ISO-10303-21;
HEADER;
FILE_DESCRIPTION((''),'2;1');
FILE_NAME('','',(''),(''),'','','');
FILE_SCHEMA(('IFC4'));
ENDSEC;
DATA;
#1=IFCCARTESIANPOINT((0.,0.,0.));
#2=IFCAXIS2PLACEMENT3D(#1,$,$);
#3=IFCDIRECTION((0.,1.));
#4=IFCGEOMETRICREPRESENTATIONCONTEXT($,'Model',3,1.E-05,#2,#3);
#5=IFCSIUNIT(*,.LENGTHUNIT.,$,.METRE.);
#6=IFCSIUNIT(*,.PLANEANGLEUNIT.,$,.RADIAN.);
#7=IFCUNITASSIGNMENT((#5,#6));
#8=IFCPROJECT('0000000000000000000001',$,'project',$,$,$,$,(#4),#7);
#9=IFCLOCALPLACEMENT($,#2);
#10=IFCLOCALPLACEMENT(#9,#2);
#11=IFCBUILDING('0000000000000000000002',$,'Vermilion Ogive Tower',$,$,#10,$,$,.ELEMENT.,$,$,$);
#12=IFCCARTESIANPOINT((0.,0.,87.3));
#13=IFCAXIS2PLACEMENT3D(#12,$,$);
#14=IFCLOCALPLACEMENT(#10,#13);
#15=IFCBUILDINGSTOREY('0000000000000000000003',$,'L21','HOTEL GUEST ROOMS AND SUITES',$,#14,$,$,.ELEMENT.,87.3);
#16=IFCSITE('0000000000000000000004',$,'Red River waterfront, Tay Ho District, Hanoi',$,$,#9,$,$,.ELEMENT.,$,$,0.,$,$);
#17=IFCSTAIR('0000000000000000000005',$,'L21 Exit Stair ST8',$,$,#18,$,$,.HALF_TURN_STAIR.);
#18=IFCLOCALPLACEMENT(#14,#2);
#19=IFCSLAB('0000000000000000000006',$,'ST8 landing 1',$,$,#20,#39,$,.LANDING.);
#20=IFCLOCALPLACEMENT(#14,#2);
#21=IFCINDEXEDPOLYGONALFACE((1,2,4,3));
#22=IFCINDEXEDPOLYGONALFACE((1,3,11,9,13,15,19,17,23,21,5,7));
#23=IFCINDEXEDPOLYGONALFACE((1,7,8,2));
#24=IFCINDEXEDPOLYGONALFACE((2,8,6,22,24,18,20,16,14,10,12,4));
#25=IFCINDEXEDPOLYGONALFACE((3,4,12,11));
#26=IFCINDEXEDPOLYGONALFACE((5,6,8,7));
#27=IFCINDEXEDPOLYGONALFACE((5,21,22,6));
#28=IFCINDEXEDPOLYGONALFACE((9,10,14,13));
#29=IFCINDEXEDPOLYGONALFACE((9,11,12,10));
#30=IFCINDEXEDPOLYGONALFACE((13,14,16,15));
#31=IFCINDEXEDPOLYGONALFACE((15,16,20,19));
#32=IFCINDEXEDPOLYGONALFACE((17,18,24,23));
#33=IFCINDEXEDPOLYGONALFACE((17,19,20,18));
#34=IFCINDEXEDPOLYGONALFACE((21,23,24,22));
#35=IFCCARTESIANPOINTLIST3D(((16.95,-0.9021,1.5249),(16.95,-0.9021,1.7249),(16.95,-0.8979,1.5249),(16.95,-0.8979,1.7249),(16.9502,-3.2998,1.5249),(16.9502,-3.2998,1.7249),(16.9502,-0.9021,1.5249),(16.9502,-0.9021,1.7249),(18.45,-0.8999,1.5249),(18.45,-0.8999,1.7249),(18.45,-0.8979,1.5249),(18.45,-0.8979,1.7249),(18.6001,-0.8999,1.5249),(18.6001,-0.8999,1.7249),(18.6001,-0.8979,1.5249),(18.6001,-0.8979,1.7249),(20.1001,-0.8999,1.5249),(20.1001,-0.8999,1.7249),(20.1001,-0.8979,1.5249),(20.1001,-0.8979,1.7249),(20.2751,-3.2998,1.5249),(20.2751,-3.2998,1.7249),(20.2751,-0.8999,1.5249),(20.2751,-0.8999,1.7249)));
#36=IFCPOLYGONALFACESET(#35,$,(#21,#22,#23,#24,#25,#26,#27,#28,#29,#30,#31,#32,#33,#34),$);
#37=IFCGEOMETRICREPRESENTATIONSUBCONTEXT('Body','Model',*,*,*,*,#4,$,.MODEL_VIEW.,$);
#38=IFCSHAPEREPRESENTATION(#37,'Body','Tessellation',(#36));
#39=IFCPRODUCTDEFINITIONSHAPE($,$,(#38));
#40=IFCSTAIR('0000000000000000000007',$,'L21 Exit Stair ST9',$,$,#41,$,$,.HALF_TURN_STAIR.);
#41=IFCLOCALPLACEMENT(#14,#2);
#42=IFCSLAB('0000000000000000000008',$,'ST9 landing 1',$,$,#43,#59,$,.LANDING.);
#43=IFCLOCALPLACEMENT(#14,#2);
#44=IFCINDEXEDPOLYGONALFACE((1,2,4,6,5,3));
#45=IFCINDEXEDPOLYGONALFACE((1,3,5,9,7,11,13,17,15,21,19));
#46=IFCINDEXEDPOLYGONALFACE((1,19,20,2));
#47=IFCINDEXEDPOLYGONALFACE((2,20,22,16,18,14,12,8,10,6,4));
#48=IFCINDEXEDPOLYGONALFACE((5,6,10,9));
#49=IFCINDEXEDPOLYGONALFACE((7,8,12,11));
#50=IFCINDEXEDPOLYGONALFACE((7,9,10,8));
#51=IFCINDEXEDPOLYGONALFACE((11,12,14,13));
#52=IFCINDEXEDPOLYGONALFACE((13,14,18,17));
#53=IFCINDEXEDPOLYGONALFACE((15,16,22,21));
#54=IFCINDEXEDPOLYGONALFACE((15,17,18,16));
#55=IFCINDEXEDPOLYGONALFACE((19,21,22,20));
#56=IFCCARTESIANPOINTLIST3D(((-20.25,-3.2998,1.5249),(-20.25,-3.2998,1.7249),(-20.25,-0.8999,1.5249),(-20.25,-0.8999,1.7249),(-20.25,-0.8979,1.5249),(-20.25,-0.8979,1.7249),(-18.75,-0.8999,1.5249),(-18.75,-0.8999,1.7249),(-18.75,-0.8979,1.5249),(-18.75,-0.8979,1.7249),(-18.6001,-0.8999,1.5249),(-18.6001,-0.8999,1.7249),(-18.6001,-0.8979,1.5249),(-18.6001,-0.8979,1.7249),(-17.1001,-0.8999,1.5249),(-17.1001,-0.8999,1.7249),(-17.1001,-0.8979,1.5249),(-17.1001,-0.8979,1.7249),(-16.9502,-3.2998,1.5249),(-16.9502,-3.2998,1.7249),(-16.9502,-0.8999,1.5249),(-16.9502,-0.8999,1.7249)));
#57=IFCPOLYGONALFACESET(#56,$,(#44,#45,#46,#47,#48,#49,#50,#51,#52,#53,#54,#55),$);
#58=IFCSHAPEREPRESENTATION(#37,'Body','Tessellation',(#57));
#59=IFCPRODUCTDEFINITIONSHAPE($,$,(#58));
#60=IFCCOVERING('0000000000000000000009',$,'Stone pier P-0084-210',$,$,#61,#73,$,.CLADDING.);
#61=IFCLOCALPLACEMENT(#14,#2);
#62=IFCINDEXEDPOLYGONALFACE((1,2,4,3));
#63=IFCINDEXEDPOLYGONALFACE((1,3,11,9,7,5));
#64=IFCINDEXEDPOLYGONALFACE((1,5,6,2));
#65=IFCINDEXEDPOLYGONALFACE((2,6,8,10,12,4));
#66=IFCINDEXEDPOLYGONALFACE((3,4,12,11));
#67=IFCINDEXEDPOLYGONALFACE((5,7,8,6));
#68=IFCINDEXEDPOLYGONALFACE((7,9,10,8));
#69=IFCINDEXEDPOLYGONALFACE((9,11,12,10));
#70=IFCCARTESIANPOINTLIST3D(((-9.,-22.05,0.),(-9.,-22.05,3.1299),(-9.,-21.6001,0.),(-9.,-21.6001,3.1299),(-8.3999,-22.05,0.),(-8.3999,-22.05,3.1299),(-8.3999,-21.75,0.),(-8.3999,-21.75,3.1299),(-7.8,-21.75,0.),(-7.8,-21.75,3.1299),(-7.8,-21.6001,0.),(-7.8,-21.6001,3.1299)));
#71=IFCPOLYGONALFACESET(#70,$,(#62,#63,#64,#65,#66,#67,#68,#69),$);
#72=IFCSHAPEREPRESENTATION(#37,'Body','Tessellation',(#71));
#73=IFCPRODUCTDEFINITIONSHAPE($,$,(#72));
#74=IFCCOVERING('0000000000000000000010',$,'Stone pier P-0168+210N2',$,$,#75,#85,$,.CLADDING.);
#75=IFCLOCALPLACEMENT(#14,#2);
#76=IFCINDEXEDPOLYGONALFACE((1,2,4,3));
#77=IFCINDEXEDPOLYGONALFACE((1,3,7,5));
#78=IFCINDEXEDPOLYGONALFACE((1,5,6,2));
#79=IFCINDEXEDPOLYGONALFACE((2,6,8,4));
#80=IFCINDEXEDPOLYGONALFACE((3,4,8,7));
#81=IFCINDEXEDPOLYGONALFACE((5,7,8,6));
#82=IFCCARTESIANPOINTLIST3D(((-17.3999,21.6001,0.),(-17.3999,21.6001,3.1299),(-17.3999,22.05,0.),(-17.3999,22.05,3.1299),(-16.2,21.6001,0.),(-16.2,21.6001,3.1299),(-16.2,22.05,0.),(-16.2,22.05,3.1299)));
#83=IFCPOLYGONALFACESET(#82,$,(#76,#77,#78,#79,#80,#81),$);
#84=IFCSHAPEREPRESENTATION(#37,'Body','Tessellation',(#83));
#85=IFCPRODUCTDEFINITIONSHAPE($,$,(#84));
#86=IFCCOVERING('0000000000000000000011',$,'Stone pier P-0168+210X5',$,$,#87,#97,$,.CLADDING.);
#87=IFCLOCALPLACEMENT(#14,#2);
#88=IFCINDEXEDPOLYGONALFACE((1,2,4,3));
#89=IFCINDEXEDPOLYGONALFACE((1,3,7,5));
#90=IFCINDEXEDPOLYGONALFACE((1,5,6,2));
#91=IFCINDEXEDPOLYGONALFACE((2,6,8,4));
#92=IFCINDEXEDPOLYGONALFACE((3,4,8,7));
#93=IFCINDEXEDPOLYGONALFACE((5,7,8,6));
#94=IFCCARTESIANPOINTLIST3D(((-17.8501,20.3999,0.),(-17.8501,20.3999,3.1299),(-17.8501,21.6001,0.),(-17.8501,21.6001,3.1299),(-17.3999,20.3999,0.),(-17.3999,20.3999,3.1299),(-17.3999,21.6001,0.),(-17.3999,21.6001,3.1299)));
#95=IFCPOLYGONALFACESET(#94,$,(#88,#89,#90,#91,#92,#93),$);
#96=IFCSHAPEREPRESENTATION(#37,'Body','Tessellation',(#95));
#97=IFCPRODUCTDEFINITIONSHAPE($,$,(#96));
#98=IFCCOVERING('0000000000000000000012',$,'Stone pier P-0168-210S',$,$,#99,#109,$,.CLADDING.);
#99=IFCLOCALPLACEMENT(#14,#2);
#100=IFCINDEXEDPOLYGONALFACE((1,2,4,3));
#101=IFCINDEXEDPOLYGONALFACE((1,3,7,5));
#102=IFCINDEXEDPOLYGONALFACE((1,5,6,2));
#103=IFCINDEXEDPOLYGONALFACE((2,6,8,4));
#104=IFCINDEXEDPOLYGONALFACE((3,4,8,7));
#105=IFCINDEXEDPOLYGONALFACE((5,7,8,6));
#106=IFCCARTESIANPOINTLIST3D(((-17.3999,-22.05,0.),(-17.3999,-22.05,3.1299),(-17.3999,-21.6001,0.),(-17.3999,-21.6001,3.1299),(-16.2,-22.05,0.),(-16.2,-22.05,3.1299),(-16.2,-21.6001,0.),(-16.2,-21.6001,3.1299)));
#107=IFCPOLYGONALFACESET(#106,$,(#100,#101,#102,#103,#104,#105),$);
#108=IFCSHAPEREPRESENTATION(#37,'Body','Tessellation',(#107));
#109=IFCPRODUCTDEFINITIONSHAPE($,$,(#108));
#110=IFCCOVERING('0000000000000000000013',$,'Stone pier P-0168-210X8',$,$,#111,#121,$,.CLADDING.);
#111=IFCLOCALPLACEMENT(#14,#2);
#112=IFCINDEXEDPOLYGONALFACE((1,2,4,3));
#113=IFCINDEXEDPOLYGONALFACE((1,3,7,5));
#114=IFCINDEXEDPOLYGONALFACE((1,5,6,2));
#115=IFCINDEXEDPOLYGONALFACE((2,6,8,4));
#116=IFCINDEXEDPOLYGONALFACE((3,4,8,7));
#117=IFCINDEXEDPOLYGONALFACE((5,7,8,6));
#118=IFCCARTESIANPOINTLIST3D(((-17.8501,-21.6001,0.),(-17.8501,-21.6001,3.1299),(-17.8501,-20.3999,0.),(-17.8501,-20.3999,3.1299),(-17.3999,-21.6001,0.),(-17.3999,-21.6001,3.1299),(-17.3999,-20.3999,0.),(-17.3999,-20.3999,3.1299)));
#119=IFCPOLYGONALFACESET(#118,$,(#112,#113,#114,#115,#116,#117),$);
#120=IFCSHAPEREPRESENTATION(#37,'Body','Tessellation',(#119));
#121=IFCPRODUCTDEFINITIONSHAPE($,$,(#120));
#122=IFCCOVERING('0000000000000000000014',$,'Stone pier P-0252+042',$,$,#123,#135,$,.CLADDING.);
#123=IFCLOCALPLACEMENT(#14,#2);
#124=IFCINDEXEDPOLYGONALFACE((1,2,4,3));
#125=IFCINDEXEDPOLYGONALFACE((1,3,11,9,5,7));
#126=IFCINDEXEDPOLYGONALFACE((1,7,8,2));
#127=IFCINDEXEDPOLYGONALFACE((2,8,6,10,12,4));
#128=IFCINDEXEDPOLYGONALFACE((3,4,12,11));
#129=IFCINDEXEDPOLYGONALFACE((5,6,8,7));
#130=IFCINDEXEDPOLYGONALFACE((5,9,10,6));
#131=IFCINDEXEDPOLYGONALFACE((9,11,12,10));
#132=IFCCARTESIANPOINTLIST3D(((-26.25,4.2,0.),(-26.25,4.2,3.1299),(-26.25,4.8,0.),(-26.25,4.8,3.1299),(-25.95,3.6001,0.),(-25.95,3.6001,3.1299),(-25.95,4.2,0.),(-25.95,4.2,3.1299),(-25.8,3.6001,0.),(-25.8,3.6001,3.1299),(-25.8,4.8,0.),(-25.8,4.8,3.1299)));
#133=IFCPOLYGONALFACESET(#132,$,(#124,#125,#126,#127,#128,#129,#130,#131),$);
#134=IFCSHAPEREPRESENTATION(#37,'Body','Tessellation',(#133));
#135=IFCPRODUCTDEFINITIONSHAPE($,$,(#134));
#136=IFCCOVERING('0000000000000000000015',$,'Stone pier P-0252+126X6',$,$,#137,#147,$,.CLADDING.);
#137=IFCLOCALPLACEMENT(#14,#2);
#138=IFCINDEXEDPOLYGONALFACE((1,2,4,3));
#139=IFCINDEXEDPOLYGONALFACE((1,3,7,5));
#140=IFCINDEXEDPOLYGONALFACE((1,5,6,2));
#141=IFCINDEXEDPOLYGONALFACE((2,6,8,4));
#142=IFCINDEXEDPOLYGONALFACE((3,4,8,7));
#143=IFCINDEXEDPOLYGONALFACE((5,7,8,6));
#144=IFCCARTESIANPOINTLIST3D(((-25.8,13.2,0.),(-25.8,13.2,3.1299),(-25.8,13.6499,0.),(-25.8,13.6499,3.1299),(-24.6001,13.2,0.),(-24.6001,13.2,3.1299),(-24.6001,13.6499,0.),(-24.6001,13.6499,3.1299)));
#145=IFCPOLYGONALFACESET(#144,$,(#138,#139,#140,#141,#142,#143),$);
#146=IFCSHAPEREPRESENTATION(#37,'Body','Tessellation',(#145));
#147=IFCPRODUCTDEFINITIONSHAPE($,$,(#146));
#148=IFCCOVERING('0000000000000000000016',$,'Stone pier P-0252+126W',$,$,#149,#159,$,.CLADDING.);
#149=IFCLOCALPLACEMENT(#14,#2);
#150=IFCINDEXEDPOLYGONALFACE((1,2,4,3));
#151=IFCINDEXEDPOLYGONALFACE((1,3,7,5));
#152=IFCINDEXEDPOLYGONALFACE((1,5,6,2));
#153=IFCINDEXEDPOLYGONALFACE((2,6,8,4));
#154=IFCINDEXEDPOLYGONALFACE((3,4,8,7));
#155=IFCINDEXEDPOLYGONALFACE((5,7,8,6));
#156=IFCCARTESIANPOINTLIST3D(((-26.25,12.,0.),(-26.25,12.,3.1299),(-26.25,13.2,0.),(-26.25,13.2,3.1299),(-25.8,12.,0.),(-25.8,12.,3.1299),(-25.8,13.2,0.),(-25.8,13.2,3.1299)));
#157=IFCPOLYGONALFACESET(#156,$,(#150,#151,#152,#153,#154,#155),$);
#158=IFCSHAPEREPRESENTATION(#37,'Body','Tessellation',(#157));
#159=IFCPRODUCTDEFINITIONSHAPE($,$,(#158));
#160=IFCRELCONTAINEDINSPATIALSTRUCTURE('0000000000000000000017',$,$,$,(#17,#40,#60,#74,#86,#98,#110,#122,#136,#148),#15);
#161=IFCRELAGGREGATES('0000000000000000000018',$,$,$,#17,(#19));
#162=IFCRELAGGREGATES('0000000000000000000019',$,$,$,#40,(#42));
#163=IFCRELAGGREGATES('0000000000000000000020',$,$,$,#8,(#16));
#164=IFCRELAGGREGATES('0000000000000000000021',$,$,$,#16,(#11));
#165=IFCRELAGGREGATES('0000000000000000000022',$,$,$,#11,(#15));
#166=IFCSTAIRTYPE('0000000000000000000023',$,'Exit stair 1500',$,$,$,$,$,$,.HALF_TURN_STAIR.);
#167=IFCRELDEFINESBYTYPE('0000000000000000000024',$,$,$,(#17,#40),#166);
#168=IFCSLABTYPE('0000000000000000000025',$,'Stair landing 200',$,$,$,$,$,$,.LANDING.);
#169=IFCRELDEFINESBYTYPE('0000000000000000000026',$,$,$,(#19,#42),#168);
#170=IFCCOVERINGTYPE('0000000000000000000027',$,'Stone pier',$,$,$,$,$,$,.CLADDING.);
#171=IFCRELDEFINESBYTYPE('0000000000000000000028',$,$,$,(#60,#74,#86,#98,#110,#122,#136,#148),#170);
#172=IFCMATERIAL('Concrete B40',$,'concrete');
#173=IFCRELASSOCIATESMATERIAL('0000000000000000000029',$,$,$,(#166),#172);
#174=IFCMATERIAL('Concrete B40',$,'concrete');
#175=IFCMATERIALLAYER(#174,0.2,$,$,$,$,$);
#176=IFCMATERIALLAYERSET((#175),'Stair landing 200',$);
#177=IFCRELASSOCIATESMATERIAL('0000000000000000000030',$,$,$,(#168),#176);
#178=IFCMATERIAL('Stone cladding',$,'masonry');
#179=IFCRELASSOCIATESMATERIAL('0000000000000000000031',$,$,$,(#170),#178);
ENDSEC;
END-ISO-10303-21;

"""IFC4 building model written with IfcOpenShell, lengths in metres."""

from ifc_helpers import new_model, si_unit, direction, frame, origin, place, context, subcontext, project, spatial, polyline, outline, extrude, material, layer, layer_set, type_object, element, aggregate, save


model = new_model("IFC4")

# Units and contexts
model_context = context("Model", 3, precision=1e-05, world=origin(), true_north=direction((0.0, 1.0)))
body_context = subcontext(model_context, "Body", "Model", "MODEL_VIEW")
ifc_project = project(units=[si_unit("LENGTHUNIT", "METRE"), si_unit("PLANEANGLEUNIT", "RADIAN")], contexts=[model_context])

# Site, building, storey
site_placement = place(None, origin())
site = spatial("IfcSite", under=ifc_project, at=site_placement, Name="Red River waterfront, Tay Ho District, Hanoi", CompositionType="ELEMENT", RefElevation=0.0)
building_placement = place(site_placement, origin())
building = spatial("IfcBuilding", under=site, at=building_placement, Name="Vermilion Ogive Tower", CompositionType="ELEMENT")
storey_placement = place(building_placement, frame((0.0, 0.0, 87.3)))
storey = spatial("IfcBuildingStorey", under=building, at=storey_placement, Name="L21", Description="HOTEL GUEST ROOMS AND SUITES", CompositionType="ELEMENT", Elevation=87.3)

# Stairs, slabs
ifc_material_1 = material(Name="Concrete B40", Category="concrete")
stair_type = type_object("IfcStairType", Name="Exit stair 1500", PredefinedType="HALF_TURN_STAIR", material=ifc_material_1)
ifc_material_2 = material(Name="Concrete B40", Category="concrete")
ifc_layer_1 = layer(ifc_material_2, 0.2)
ifc_layer_set_1 = layer_set([ifc_layer_1], Name="Stair landing 200")
slab_type_1 = type_object("IfcSlabType", Name="Stair landing 200", PredefinedType="LANDING", material=ifc_layer_set_1)
stair_1_placement = place(storey_placement, origin())
stair_1 = element("IfcStair", 1, at=stair_1_placement, inside=storey, type_object=stair_type, Name="L21 Exit Stair ST8", PredefinedType="HALF_TURN_STAIR")
slab_1_placement = place(storey_placement, frame((0.0, 0.0, 1.5249)))
slab_1 = element("IfcSlab", 2, at=slab_1_placement, type_object=slab_type_1, Name="ST8 landing 1", PredefinedType="LANDING", context=body_context, shape_type="SweptSolid", body=[
    extrude(outline(polyline([(20.2751, -0.8999), (20.1001, -0.8999), (20.1001, -0.8979), (18.6001, -0.8979), (18.6001, -0.8999), (18.45, -0.8999), (18.45, -0.8979), (16.95, -0.8979), (16.95, -0.9021), (16.9502, -0.9021), (16.9502, -3.2998), (20.2751, -3.2998), (20.2751, -0.8999)])), origin(), (0.0, 0.0, 1.0), 0.2),
])
aggregate(stair_1, [slab_1])
stair_2_placement = place(storey_placement, origin())
stair_2 = element("IfcStair", 3, at=stair_2_placement, inside=storey, type_object=stair_type, Name="L21 Exit Stair ST9", PredefinedType="HALF_TURN_STAIR")
slab_2_placement = place(storey_placement, frame((0.0, 0.0, 1.5249)))
slab_2 = element("IfcSlab", 4, at=slab_2_placement, type_object=slab_type_1, Name="ST9 landing 1", PredefinedType="LANDING", context=body_context, shape_type="SweptSolid", body=[
    extrude(outline(polyline([(-16.9502, -0.8999), (-17.1001, -0.8999), (-17.1001, -0.8979), (-18.6001, -0.8979), (-18.6001, -0.8999), (-18.75, -0.8999), (-18.75, -0.8979), (-20.25, -0.8979), (-20.25, -0.8999), (-20.25, -0.8999), (-20.25, -3.2998), (-16.9502, -3.2998), (-16.9502, -0.8999)])), origin(), (0.0, 0.0, 1.0), 0.2),
])
aggregate(stair_2, [slab_2])

# Coverings
ifc_material_3 = material(Name="Stone cladding", Category="masonry")
covering_type = type_object("IfcCoveringType", Name="Stone pier", PredefinedType="CLADDING", material=ifc_material_3)
covering_1_placement = place(storey_placement, origin())
element("IfcCovering", 5, at=covering_1_placement, inside=storey, type_object=covering_type, Name="Stone pier P-0084-210", PredefinedType="CLADDING", context=body_context, shape_type="SweptSolid", body=[
    extrude(outline(polyline([(-7.8, -21.75), (-8.3999, -21.75), (-8.3999, -22.05), (-9.0, -22.05), (-9.0, -21.6001), (-7.8, -21.6001), (-7.8, -21.75)])), origin(), (0.0, 0.0, 1.0), 3.1299),
])
covering_2_placement = place(storey_placement, origin())
element("IfcCovering", 6, at=covering_2_placement, inside=storey, type_object=covering_type, Name="Stone pier P-0168+210N2", PredefinedType="CLADDING", context=body_context, shape_type="SweptSolid", body=[
    extrude(outline(polyline([(-17.3999, 22.05), (-16.2, 22.05), (-16.2, 21.6001), (-17.3999, 21.6001), (-17.3999, 22.05)])), origin(), (0.0, 0.0, 1.0), 3.1299),
])
covering_3_placement = place(storey_placement, origin())
element("IfcCovering", 7, at=covering_3_placement, inside=storey, type_object=covering_type, Name="Stone pier P-0168+210X5", PredefinedType="CLADDING", context=body_context, shape_type="SweptSolid", body=[
    extrude(outline(polyline([(-17.8501, 21.6001), (-17.3999, 21.6001), (-17.3999, 20.3999), (-17.8501, 20.3999), (-17.8501, 21.6001)])), origin(), (0.0, 0.0, 1.0), 3.1299),
])
covering_4_placement = place(storey_placement, origin())
element("IfcCovering", 8, at=covering_4_placement, inside=storey, type_object=covering_type, Name="Stone pier P-0168-210S", PredefinedType="CLADDING", context=body_context, shape_type="SweptSolid", body=[
    extrude(outline(polyline([(-16.2, -22.05), (-17.3999, -22.05), (-17.3999, -21.6001), (-16.2, -21.6001), (-16.2, -22.05)])), origin(), (0.0, 0.0, 1.0), 3.1299),
])
covering_5_placement = place(storey_placement, origin())
element("IfcCovering", 9, at=covering_5_placement, inside=storey, type_object=covering_type, Name="Stone pier P-0168-210X8", PredefinedType="CLADDING", context=body_context, shape_type="SweptSolid", body=[
    extrude(outline(polyline([(-17.8501, -20.3999), (-17.3999, -20.3999), (-17.3999, -21.6001), (-17.8501, -21.6001), (-17.8501, -20.3999)])), origin(), (0.0, 0.0, 1.0), 3.1299),
])
covering_6_placement = place(storey_placement, origin())
element("IfcCovering", 10, at=covering_6_placement, inside=storey, type_object=covering_type, Name="Stone pier P-0252+042", PredefinedType="CLADDING", context=body_context, shape_type="SweptSolid", body=[
    extrude(outline(polyline([(-25.8, 3.6001), (-25.95, 3.6001), (-25.95, 4.2), (-26.25, 4.2), (-26.25, 4.8), (-25.8, 4.8), (-25.8, 4.8), (-25.8, 3.6001)])), origin(), (0.0, 0.0, 1.0), 3.1299),
])
covering_7_placement = place(storey_placement, origin())
element("IfcCovering", 11, at=covering_7_placement, inside=storey, type_object=covering_type, Name="Stone pier P-0252+126X6", PredefinedType="CLADDING", context=body_context, shape_type="SweptSolid", body=[
    extrude(outline(polyline([(-25.8, 13.2), (-25.8, 13.6499), (-24.6001, 13.6499), (-24.6001, 13.2), (-24.6001, 13.2), (-25.8, 13.2)])), origin(), (0.0, 0.0, 1.0), 3.1299),
])
covering_8_placement = place(storey_placement, origin())
element("IfcCovering", 12, at=covering_8_placement, inside=storey, type_object=covering_type, Name="Stone pier P-0252+126W", PredefinedType="CLADDING", context=body_context, shape_type="SweptSolid", body=[
    extrude(outline(polyline([(-26.25, 13.2), (-25.8, 13.2), (-25.8, 12.0), (-26.25, 12.0), (-26.25, 13.2)])), origin(), (0.0, 0.0, 1.0), 3.1299),
])

save(model, "model.ifc")
